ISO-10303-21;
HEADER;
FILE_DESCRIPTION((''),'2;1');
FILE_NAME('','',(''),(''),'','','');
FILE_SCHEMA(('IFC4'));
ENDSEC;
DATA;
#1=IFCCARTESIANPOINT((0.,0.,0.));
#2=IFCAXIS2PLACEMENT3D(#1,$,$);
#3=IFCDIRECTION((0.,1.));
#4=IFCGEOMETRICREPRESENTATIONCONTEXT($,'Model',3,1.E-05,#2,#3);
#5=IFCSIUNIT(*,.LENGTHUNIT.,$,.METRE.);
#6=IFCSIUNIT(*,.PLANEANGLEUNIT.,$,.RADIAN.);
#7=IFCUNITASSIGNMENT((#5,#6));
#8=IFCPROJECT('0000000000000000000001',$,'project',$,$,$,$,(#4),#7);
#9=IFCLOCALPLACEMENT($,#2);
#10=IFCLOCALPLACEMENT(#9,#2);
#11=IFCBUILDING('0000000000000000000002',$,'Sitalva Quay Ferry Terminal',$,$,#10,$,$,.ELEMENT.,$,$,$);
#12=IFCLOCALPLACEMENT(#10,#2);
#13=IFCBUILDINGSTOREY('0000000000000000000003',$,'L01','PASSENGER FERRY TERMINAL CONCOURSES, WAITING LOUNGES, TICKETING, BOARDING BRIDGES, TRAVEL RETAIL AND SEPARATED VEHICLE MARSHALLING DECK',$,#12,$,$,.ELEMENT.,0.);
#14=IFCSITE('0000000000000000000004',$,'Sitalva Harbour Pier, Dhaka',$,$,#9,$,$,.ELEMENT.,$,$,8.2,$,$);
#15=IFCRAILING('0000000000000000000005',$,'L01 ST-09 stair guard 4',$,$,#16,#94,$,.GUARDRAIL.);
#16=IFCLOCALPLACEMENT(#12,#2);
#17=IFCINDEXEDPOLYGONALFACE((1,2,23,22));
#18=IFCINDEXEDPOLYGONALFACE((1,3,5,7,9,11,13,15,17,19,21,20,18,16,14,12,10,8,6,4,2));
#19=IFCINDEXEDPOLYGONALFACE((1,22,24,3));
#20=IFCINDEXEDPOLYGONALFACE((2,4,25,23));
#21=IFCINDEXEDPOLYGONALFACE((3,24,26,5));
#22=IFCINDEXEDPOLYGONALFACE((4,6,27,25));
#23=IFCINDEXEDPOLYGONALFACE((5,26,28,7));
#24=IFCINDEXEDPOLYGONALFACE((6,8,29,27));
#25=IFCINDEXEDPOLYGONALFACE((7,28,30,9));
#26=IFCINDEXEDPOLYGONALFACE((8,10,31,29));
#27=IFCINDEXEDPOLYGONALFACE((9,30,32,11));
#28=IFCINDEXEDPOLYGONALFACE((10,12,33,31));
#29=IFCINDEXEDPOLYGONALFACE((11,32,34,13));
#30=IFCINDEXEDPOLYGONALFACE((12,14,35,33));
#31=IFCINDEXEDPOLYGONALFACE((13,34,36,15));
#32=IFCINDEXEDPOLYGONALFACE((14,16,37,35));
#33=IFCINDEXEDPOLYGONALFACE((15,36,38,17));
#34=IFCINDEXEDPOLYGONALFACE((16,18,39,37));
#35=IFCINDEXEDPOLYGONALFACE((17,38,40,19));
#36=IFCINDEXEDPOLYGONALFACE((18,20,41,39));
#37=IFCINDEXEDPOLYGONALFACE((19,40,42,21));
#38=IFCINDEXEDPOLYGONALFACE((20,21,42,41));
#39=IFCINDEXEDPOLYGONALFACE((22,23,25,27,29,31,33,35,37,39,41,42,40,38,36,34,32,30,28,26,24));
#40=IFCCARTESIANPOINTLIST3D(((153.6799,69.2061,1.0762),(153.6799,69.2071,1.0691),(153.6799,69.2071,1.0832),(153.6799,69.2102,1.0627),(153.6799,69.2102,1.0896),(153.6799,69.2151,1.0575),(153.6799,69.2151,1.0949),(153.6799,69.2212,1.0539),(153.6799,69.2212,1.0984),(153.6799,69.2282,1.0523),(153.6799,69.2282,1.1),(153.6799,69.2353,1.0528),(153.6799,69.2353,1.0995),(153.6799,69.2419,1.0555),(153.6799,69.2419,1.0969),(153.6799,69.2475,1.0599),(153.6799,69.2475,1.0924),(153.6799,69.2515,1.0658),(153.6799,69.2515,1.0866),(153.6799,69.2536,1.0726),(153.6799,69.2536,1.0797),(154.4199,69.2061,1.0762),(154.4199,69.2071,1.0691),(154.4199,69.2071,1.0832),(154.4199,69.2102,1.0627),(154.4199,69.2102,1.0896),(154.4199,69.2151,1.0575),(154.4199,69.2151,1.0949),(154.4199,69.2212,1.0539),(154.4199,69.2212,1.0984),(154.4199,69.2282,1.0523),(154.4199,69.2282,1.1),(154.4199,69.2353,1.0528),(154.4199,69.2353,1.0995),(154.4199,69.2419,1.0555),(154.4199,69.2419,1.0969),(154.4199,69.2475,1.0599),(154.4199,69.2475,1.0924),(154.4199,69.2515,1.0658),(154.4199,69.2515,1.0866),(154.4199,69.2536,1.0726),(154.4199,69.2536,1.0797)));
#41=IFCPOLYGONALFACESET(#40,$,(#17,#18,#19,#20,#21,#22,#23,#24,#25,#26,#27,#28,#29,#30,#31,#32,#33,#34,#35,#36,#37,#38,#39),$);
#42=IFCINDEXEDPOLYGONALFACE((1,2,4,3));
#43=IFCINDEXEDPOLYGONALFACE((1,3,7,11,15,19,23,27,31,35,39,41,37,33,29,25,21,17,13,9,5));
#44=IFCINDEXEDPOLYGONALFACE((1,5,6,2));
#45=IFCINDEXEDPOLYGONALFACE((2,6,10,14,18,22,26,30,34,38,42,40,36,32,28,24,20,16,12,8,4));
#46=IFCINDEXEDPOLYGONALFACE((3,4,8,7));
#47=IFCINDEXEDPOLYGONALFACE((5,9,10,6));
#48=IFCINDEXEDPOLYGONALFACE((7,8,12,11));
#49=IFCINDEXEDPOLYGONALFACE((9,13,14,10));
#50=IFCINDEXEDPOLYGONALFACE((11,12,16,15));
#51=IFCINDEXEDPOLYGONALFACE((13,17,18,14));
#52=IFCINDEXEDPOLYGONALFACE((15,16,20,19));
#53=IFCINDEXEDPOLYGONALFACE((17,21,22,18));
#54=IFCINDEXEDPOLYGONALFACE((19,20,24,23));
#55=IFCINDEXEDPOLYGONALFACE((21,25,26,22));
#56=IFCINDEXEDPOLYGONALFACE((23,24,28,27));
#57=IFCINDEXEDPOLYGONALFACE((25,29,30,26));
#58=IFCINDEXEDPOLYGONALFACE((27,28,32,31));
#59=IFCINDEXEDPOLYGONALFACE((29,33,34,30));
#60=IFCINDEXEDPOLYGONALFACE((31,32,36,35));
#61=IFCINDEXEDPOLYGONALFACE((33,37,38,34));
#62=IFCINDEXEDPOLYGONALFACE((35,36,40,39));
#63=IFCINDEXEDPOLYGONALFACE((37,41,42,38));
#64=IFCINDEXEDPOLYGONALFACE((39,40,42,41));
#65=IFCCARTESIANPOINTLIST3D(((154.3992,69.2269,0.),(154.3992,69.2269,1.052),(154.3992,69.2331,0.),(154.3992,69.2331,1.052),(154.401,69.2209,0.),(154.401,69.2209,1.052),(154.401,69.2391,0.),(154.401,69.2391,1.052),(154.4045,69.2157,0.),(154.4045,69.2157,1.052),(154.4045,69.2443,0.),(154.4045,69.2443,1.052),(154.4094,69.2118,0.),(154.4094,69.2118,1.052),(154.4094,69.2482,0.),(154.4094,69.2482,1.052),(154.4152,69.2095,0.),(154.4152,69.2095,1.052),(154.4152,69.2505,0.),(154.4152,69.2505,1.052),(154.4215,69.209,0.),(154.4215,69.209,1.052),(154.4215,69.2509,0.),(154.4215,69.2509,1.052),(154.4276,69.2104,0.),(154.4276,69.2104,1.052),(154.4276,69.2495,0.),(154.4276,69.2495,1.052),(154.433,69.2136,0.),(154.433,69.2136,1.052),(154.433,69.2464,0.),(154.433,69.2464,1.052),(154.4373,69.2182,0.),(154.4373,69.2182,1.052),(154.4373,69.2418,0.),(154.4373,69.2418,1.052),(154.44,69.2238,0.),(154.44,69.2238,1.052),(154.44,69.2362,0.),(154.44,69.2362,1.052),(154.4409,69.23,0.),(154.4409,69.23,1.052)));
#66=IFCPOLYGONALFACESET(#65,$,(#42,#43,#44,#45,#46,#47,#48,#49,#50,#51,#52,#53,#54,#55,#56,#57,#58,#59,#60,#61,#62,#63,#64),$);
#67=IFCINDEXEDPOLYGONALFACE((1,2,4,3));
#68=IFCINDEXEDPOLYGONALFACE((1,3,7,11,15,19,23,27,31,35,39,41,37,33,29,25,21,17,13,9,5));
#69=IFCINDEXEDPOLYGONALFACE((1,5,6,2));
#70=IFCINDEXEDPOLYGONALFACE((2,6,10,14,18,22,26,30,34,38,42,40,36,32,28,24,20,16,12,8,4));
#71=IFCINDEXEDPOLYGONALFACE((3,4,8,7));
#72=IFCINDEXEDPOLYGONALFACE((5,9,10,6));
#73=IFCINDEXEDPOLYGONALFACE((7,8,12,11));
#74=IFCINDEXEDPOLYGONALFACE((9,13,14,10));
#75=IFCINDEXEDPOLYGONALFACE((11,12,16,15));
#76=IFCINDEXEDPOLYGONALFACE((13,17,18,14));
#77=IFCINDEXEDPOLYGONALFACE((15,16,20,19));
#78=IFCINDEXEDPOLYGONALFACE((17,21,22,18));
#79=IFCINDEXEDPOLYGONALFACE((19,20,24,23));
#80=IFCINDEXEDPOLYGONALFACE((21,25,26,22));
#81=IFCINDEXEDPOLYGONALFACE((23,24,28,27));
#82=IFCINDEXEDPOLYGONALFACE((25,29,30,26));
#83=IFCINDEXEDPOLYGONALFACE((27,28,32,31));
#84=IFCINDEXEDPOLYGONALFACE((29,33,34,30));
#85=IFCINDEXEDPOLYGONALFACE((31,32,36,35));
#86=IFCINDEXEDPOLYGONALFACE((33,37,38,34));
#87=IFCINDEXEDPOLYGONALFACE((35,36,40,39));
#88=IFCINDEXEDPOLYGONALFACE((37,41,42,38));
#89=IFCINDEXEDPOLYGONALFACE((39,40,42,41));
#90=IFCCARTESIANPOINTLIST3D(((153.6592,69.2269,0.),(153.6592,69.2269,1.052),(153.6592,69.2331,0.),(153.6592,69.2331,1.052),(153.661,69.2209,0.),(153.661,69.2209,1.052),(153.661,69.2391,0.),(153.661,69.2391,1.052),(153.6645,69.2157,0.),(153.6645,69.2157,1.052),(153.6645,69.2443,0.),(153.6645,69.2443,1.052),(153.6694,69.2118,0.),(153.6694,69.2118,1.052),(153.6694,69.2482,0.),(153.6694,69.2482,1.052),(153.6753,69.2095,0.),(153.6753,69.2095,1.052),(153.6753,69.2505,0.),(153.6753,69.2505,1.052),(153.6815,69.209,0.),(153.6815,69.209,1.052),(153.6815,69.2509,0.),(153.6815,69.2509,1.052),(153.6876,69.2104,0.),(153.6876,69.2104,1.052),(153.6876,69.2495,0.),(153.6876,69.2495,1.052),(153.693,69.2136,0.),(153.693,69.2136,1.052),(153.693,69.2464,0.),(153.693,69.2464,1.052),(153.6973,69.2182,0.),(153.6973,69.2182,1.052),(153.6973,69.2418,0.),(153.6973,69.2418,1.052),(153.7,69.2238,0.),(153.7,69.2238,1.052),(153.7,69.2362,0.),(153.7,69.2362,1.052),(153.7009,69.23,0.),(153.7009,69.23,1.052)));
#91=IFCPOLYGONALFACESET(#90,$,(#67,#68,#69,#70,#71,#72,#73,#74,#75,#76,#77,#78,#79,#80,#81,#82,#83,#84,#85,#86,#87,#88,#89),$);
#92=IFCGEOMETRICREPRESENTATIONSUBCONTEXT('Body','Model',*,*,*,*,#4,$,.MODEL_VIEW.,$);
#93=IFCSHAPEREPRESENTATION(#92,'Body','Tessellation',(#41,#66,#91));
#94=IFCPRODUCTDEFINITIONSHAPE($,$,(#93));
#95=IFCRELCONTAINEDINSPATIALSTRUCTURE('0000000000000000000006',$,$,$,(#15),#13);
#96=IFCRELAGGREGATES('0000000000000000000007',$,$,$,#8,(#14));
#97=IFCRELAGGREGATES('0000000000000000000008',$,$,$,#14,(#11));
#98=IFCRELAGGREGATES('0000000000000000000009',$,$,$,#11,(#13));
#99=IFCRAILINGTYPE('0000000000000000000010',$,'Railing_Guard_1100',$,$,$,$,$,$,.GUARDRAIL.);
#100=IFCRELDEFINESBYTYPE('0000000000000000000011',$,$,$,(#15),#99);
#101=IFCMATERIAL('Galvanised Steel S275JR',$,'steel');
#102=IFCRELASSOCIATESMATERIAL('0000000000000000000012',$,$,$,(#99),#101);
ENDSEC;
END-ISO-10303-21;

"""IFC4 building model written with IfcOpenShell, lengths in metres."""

from ifc_helpers import new_model, si_unit, direction, frame, origin, origin_2d, place, context, subcontext, project, spatial, circle, extrude, material, type_object, element, save


model = new_model("IFC4")

# Units and contexts
model_context = context("Model", 3, precision=1e-05, world=origin(), true_north=direction((0.0, 1.0)))
body_context = subcontext(model_context, "Body", "Model", "MODEL_VIEW")
ifc_project = project(units=[si_unit("LENGTHUNIT", "METRE"), si_unit("PLANEANGLEUNIT", "RADIAN")], contexts=[model_context])

# Site, building, storey
site_placement = place(None, origin())
site = spatial("IfcSite", under=ifc_project, at=site_placement, Name="Sitalva Harbour Pier, Dhaka", CompositionType="ELEMENT", RefElevation=8.2)
building_placement = place(site_placement, origin())
building = spatial("IfcBuilding", under=site, at=building_placement, Name="Sitalva Quay Ferry Terminal", CompositionType="ELEMENT")
storey_placement = place(building_placement, origin())
storey = spatial("IfcBuildingStorey", under=building, at=storey_placement, Name="L01", Description="PASSENGER FERRY TERMINAL CONCOURSES, WAITING LOUNGES, TICKETING, BOARDING BRIDGES, TRAVEL RETAIL AND SEPARATED VEHICLE MARSHALLING DECK", CompositionType="ELEMENT", Elevation=0.0)

# Railing
ifc_material_1 = material(Name="Galvanised Steel S275JR", Category="steel")
railing_type_1 = type_object("IfcRailingType", Name="Railing_Guard_1100", PredefinedType="GUARDRAIL", material=ifc_material_1)
railing_1_placement = place(storey_placement, frame((154.4199, 69.23, 0.0)))
element("IfcRailing", 1, at=railing_1_placement, inside=storey, type_object=railing_type_1, Name="L01 ST-09 stair guard 4", PredefinedType="GUARDRAIL", context=body_context, shape_type="SweptSolid", body=[
    extrude(circle(Radius=0.0239, at=origin_2d()), frame((0.0, 0.0, 1.0762), z_axis=(-1.0, 0.0, 0.0), x_axis=(0.0, -1.0, 0.0)), (0.0, 0.0, 1.0), 0.74),
    extrude(circle(Radius=0.021, at=origin_2d()), origin(), (0.0, 0.0, 1.0), 1.052),
    extrude(circle(Radius=0.021, at=origin_2d()), frame((-0.74, 0.0, 0.0)), (0.0, 0.0, 1.0), 1.052),
])

save(model, "model.ifc")
